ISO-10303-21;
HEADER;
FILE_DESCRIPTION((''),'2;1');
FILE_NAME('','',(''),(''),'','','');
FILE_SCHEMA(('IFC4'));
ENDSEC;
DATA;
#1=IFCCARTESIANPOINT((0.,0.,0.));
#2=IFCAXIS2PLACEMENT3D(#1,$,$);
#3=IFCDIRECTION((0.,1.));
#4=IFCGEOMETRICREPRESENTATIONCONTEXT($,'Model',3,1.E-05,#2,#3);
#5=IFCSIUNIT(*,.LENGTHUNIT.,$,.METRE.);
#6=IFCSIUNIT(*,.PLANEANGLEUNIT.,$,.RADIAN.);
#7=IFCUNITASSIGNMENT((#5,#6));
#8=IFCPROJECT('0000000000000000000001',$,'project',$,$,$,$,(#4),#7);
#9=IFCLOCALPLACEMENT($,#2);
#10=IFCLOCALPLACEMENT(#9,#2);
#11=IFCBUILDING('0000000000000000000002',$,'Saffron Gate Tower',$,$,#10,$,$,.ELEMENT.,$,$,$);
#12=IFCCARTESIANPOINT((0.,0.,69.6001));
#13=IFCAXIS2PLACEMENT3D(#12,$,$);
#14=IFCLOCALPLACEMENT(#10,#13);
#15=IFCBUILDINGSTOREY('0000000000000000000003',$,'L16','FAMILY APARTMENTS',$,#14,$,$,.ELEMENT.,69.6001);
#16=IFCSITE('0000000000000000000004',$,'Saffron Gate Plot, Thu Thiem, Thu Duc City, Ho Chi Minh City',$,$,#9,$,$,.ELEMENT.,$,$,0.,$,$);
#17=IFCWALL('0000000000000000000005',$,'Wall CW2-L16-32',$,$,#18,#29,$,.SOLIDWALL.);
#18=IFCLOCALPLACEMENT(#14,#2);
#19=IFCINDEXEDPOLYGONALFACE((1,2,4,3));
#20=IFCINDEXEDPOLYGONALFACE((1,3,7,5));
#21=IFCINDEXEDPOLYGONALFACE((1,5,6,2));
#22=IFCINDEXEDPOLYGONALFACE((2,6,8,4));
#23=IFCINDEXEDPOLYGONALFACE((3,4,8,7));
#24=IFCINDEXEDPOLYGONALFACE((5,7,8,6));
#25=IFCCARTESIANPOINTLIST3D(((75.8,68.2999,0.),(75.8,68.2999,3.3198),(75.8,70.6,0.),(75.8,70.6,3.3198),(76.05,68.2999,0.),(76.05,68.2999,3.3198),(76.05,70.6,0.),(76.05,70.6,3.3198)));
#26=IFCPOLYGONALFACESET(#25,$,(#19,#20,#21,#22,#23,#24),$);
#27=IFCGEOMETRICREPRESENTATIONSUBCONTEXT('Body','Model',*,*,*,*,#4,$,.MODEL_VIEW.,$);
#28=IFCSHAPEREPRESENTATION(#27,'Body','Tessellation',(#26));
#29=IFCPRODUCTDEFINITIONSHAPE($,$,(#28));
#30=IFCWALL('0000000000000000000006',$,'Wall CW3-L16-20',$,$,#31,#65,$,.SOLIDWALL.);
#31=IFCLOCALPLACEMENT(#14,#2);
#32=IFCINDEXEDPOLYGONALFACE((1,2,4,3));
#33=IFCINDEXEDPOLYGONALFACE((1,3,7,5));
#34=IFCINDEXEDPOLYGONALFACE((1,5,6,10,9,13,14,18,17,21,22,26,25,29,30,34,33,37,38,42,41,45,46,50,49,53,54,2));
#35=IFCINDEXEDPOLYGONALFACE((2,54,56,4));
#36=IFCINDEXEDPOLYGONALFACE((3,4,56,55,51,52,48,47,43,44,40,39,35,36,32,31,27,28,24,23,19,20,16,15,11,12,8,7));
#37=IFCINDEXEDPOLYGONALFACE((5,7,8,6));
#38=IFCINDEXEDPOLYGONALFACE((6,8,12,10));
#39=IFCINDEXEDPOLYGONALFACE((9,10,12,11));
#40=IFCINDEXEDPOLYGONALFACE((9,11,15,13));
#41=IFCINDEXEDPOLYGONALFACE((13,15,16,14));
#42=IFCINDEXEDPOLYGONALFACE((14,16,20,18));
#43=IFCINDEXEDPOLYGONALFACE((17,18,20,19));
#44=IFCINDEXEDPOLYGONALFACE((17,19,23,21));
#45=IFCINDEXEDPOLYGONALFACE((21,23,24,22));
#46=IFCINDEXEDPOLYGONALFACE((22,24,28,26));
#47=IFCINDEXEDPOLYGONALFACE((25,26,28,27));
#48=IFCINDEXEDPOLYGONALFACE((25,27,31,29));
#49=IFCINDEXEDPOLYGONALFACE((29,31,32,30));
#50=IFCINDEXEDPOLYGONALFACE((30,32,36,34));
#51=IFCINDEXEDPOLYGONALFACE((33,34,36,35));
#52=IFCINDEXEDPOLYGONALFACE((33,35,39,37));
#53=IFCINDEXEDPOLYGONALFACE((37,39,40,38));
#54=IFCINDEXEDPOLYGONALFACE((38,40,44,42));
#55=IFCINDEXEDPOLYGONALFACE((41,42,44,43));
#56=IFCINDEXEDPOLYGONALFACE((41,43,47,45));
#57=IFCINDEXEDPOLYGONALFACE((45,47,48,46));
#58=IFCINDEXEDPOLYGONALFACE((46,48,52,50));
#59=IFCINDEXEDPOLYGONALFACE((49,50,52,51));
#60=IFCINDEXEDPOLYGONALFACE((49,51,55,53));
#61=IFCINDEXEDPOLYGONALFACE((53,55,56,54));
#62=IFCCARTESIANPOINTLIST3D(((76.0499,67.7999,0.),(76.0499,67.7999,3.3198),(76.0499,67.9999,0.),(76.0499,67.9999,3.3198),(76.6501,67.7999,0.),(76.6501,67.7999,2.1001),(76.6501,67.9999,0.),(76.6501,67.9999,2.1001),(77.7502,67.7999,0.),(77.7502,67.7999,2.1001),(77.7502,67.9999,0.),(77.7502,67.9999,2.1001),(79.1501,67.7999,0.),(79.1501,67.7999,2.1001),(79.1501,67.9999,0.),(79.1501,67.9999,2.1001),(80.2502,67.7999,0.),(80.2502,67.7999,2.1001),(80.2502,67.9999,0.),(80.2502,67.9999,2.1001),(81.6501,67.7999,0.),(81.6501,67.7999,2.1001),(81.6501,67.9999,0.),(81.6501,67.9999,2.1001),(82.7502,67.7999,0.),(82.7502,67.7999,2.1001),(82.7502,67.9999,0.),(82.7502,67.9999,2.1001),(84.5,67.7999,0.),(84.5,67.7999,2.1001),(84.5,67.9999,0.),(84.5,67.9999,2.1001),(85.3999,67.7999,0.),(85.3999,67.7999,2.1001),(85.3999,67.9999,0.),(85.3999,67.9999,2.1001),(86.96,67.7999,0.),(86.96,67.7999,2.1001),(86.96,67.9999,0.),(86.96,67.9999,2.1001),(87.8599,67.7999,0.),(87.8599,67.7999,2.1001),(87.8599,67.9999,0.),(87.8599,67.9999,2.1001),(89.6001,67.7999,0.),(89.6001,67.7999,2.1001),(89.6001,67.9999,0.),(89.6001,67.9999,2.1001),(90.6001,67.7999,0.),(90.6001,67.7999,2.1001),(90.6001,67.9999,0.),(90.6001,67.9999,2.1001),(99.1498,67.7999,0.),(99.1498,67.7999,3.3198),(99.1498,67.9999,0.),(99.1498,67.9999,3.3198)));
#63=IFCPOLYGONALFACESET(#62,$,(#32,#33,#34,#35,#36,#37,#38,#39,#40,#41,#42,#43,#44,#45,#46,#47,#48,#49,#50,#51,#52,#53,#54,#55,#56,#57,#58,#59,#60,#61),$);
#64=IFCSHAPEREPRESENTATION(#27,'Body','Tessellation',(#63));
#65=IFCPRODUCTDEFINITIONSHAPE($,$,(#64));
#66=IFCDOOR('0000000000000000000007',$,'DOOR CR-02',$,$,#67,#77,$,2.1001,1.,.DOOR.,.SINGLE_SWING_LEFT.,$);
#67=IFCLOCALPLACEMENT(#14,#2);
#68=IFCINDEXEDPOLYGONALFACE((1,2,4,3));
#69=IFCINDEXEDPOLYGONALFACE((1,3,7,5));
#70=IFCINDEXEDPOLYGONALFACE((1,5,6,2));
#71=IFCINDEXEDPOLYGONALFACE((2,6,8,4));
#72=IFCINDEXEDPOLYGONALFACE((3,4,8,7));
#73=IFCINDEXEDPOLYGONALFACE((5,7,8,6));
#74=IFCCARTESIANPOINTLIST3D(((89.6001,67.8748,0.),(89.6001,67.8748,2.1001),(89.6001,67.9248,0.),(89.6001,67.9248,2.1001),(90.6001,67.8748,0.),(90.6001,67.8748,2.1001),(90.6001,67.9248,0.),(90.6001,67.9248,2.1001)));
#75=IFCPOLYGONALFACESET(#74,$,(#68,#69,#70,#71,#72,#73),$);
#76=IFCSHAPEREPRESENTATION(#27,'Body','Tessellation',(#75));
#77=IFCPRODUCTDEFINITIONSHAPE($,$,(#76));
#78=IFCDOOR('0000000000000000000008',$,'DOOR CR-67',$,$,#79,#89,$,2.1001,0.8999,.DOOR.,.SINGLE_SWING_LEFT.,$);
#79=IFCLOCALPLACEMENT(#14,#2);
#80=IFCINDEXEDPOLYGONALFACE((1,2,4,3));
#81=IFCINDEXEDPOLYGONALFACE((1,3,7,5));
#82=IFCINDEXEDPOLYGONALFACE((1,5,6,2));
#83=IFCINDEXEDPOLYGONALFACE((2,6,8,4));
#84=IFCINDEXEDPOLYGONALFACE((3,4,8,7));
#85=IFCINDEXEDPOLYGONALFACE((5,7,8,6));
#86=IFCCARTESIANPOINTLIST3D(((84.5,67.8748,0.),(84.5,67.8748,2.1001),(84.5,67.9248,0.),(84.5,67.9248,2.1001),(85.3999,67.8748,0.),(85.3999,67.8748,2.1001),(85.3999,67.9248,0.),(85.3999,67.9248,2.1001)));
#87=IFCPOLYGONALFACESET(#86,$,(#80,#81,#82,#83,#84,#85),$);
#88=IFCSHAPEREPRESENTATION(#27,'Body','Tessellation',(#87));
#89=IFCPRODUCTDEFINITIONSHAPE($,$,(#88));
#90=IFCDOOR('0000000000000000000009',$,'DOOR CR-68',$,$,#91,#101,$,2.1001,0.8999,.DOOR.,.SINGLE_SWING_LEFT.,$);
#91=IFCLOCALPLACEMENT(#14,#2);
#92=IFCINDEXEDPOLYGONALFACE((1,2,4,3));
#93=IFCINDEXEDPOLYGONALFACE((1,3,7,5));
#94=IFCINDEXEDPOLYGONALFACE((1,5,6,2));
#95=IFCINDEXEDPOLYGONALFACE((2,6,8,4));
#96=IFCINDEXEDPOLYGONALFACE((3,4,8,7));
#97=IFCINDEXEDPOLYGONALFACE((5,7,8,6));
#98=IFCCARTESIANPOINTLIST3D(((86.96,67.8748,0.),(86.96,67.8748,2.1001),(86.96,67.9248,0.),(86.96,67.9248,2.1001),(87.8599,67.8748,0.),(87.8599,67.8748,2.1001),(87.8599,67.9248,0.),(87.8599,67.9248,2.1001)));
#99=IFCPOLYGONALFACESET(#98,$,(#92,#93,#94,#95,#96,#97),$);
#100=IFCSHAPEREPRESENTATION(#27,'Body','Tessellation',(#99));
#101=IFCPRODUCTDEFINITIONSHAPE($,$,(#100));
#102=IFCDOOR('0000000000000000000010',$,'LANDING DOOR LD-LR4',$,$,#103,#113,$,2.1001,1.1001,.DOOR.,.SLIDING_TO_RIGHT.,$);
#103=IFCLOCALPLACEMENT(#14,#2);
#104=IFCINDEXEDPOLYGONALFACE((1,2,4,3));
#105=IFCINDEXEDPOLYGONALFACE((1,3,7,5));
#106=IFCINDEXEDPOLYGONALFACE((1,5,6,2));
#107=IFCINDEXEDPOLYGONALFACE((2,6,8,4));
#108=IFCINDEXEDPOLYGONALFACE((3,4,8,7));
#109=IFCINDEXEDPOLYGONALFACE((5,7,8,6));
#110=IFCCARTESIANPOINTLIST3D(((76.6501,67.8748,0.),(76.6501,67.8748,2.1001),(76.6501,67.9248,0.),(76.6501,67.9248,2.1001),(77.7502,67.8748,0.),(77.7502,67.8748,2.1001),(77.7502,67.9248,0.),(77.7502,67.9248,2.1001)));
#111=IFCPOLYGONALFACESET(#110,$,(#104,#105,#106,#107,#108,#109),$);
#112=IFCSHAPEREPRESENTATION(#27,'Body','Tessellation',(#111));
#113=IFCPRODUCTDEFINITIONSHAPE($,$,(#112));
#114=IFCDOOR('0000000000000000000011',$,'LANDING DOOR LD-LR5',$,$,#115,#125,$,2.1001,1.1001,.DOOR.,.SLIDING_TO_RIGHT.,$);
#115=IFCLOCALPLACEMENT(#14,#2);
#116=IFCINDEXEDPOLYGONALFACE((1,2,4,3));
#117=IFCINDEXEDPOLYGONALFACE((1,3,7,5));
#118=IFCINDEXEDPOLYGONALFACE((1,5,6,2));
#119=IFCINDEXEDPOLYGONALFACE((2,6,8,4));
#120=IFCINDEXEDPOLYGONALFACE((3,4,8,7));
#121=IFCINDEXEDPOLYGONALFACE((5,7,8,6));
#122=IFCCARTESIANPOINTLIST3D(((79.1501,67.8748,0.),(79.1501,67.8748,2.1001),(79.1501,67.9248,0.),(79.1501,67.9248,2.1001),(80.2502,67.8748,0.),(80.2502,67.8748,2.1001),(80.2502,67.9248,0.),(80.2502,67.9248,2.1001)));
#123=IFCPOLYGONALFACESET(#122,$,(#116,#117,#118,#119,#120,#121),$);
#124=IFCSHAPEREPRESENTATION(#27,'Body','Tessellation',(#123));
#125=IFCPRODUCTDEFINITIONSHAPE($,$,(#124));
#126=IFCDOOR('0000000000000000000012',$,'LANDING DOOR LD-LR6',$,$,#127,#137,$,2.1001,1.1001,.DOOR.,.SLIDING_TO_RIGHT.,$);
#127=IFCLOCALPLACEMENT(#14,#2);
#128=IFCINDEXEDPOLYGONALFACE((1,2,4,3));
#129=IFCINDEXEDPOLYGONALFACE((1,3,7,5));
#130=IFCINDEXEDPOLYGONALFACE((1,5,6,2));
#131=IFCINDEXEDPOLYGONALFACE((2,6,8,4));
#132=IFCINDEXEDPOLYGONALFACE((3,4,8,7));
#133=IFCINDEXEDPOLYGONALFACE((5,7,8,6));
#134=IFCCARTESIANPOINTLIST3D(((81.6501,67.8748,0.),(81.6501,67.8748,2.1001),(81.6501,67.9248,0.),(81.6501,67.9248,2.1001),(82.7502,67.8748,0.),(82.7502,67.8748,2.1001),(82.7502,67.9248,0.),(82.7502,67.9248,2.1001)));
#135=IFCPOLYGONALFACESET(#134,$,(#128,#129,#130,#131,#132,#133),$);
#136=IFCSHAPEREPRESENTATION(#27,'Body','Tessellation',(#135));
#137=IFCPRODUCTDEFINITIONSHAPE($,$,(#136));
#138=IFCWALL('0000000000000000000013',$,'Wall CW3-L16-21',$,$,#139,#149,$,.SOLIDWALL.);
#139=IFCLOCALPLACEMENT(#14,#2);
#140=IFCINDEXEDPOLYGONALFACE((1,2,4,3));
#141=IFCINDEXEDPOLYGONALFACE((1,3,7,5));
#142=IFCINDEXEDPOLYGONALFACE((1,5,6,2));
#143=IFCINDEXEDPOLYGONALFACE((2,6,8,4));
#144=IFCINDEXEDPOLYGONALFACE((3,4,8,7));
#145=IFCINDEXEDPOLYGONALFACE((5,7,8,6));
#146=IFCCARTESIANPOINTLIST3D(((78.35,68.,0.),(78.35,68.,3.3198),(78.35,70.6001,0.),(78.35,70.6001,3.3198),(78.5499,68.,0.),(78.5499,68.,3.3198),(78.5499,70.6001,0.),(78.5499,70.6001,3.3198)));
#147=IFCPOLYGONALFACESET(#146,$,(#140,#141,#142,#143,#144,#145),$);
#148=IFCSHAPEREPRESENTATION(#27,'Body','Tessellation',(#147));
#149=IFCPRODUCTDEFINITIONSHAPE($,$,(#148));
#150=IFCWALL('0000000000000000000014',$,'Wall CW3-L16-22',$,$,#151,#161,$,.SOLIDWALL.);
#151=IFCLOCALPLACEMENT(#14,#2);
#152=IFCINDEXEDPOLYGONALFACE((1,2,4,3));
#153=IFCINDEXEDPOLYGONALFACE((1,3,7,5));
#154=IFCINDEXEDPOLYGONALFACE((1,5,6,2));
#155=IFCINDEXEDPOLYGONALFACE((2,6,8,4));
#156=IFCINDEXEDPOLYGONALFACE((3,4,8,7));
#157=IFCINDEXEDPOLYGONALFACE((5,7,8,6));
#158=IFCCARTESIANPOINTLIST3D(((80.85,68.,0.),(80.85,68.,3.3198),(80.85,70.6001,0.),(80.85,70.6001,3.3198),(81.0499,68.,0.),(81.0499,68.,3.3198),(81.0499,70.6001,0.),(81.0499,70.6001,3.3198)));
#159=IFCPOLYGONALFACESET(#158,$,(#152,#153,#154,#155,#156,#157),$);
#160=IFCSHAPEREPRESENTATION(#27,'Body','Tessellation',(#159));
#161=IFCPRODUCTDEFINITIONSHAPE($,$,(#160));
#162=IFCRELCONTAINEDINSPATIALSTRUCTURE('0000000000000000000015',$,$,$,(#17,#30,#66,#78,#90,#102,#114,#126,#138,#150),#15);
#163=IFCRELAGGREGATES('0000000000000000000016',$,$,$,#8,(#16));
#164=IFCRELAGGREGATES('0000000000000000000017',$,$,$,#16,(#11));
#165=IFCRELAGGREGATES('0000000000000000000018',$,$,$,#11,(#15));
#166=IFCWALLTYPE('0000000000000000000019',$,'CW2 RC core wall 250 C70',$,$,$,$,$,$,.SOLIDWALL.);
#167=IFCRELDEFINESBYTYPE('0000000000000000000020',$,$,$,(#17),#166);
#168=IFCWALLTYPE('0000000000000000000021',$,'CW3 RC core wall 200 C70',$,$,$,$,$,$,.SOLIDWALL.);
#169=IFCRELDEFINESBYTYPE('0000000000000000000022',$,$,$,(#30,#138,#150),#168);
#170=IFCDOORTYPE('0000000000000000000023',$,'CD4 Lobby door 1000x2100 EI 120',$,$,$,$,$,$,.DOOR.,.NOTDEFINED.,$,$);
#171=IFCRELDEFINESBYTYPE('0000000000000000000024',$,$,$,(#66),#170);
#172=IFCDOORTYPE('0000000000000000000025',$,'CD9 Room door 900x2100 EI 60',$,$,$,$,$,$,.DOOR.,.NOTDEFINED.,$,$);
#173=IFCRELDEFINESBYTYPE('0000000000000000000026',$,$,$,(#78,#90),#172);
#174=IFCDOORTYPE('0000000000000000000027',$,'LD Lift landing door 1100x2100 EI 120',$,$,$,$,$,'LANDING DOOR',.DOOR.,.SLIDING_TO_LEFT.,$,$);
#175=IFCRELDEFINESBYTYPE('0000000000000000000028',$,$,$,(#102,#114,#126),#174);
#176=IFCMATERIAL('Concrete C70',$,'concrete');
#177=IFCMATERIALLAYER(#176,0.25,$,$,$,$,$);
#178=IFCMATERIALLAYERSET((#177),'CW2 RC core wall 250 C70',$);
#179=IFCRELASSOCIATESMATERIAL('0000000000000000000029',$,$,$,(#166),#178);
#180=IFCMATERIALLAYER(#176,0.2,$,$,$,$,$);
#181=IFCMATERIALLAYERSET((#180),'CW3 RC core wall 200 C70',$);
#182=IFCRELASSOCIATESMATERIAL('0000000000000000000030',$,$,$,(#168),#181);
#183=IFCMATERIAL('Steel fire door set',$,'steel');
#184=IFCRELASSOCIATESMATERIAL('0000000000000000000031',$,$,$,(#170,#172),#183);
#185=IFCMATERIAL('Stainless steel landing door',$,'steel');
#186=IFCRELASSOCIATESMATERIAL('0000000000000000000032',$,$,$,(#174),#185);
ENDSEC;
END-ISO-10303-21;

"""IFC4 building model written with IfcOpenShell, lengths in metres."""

from ifc_helpers import new_model, si_unit, direction, frame, frame_2d, origin, place, context, subcontext, project, spatial, rectangle, extrude, material, layer, layer_set, type_object, element, fill, save


model = new_model("IFC4")

# Units and contexts
model_context = context("Model", 3, precision=1e-05, world=origin(), true_north=direction((0.0, 1.0)))
body_context = subcontext(model_context, "Body", "Model", "MODEL_VIEW")
ifc_project = project(units=[si_unit("LENGTHUNIT", "METRE"), si_unit("PLANEANGLEUNIT", "RADIAN")], contexts=[model_context])

# Site, building, storey
site_placement = place(None, origin())
site = spatial("IfcSite", under=ifc_project, at=site_placement, Name="Saffron Gate Plot, Thu Thiem, Thu Duc City, Ho Chi Minh City", CompositionType="ELEMENT", RefElevation=0.0)
building_placement = place(site_placement, origin())
building = spatial("IfcBuilding", under=site, at=building_placement, Name="Saffron Gate Tower", CompositionType="ELEMENT")
storey_placement = place(building_placement, frame((0.0, 0.0, 69.6001)))
storey = spatial("IfcBuildingStorey", under=building, at=storey_placement, Name="L16", Description="FAMILY APARTMENTS", CompositionType="ELEMENT", Elevation=69.6001)

# Wall
ifc_material_1 = material(Name="Concrete C70", Category="concrete")
ifc_layer_1 = layer(ifc_material_1, 0.25)
ifc_layer_set_1 = layer_set([ifc_layer_1], Name="CW2 RC core wall 250 C70")
wall_type_1 = type_object("IfcWallType", Name="CW2 RC core wall 250 C70", PredefinedType="SOLIDWALL", material=ifc_layer_set_1)
wall_1_placement = place(storey_placement, frame((75.925, 68.3, 0.0), z_axis=(0.0, 0.0, 1.0), x_axis=(0.0, 1.0, 0.0)))
element("IfcWall", 1, at=wall_1_placement, inside=storey, type_object=wall_type_1, Name="Wall CW2-L16-32", PredefinedType="SOLIDWALL", context=body_context, shape_type="SweptSolid", body=[
    extrude(rectangle(XDim=2.3, YDim=0.25, at=frame_2d((1.1499, 0.0))), origin(), (0.0, 0.0, 1.0), 3.3198),
])

# Wall, openings, doors
ifc_layer_2 = layer(ifc_material_1, 0.2)
ifc_layer_set_2 = layer_set([ifc_layer_2], Name="CW3 RC core wall 200 C70")
wall_type_2 = type_object("IfcWallType", Name="CW3 RC core wall 200 C70", PredefinedType="SOLIDWALL", material=ifc_layer_set_2)
wall_2_placement = place(storey_placement, frame((76.05, 67.8999, 0.0), z_axis=(0.0, 0.0, 1.0), x_axis=(1.0, 0.0, 0.0)))
wall_2 = element("IfcWall", 2, at=wall_2_placement, inside=storey, type_object=wall_type_2, Name="Wall CW3-L16-20", PredefinedType="SOLIDWALL", context=body_context, shape_type="SweptSolid", body=[
    extrude(rectangle(XDim=23.0999, YDim=0.2, at=frame_2d((11.5498, 0.0))), origin(), (0.0, 0.0, 1.0), 3.3198),
])
opening_1_placement = place(wall_2_placement, frame((0.6001, 0.0, 0.0)))
opening_1 = element("IfcOpeningElement", 3, at=opening_1_placement, cuts=wall_2, PredefinedType="OPENING", context=body_context, shape_type="SweptSolid", body=[
    extrude(rectangle(XDim=1.1001, YDim=2.1001, at=frame_2d((0.55, 1.05))), frame((0.0, 0.1099, 0.0), z_axis=(0.0, -1.0, 0.0), x_axis=(1.0, 0.0, 0.0)), (0.0, 0.0, 1.0), 0.22),
])
opening_2_placement = place(wall_2_placement, frame((3.1001, 0.0, 0.0)))
opening_2 = element("IfcOpeningElement", 4, at=opening_2_placement, cuts=wall_2, PredefinedType="OPENING", context=body_context, shape_type="SweptSolid", body=[
    extrude(rectangle(XDim=1.1001, YDim=2.1001, at=frame_2d((0.55, 1.05))), frame((0.0, 0.1099, 0.0), z_axis=(0.0, -1.0, 0.0), x_axis=(1.0, 0.0, 0.0)), (0.0, 0.0, 1.0), 0.22),
])
opening_3_placement = place(wall_2_placement, frame((5.6001, 0.0, 0.0)))
opening_3 = element("IfcOpeningElement", 5, at=opening_3_placement, cuts=wall_2, PredefinedType="OPENING", context=body_context, shape_type="SweptSolid", body=[
    extrude(rectangle(XDim=1.1001, YDim=2.1001, at=frame_2d((0.55, 1.05))), frame((0.0, 0.1099, 0.0), z_axis=(0.0, -1.0, 0.0), x_axis=(1.0, 0.0, 0.0)), (0.0, 0.0, 1.0), 0.22),
])
opening_4_placement = place(wall_2_placement, frame((8.45, 0.0, 0.0)))
opening_4 = element("IfcOpeningElement", 6, at=opening_4_placement, cuts=wall_2, PredefinedType="OPENING", context=body_context, shape_type="SweptSolid", body=[
    extrude(rectangle(XDim=0.8999, YDim=2.1001, at=frame_2d((0.45, 1.05))), frame((0.0, 0.1099, 0.0), z_axis=(0.0, -1.0, 0.0), x_axis=(1.0, 0.0, 0.0)), (0.0, 0.0, 1.0), 0.22),
])
opening_5_placement = place(wall_2_placement, frame((10.9099, 0.0, 0.0)))
opening_5 = element("IfcOpeningElement", 7, at=opening_5_placement, cuts=wall_2, PredefinedType="OPENING", context=body_context, shape_type="SweptSolid", body=[
    extrude(rectangle(XDim=0.8999, YDim=2.1001, at=frame_2d((0.45, 1.05))), frame((0.0, 0.1099, 0.0), z_axis=(0.0, -1.0, 0.0), x_axis=(1.0, 0.0, 0.0)), (0.0, 0.0, 1.0), 0.22),
])
opening_6_placement = place(wall_2_placement, frame((13.55, 0.0, 0.0)))
opening_6 = element("IfcOpeningElement", 8, at=opening_6_placement, cuts=wall_2, PredefinedType="OPENING", context=body_context, shape_type="SweptSolid", body=[
    extrude(rectangle(XDim=1.0, YDim=2.1001, at=frame_2d((0.5, 1.05))), frame((0.0, 0.1099, 0.0), z_axis=(0.0, -1.0, 0.0), x_axis=(1.0, 0.0, 0.0)), (0.0, 0.0, 1.0), 0.22),
])
ifc_material_2 = material(Name="Steel fire door set", Category="steel")
door_type_1 = type_object("IfcDoorType", Name="CD4 Lobby door 1000x2100 EI 120", OperationType="NOTDEFINED", PredefinedType="DOOR", material=ifc_material_2)
door_1_placement = place(opening_6_placement, origin())
door_1 = element("IfcDoor", 9, at=door_1_placement, inside=storey, type_object=door_type_1, Name="DOOR CR-02", OperationType="SINGLE_SWING_LEFT", OverallHeight=2.1001, OverallWidth=1.0, PredefinedType="DOOR", context=body_context, shape_type="SweptSolid", body=[
    extrude(rectangle(XDim=1.0, YDim=2.1001, at=frame_2d((0.5, 1.05))), frame((0.0, 0.0249, 0.0), z_axis=(0.0, -1.0, 0.0), x_axis=(1.0, 0.0, 0.0)), (0.0, 0.0, 1.0), 0.05),
])
fill(opening_6, door_1)
door_type_2 = type_object("IfcDoorType", Name="CD9 Room door 900x2100 EI 60", OperationType="NOTDEFINED", PredefinedType="DOOR", material=ifc_material_2)
door_2_placement = place(opening_4_placement, origin())
door_2 = element("IfcDoor", 10, at=door_2_placement, inside=storey, type_object=door_type_2, Name="DOOR CR-67", OperationType="SINGLE_SWING_LEFT", OverallHeight=2.1001, OverallWidth=0.8999, PredefinedType="DOOR", context=body_context, shape_type="SweptSolid", body=[
    extrude(rectangle(XDim=0.8999, YDim=2.1001, at=frame_2d((0.45, 1.05))), frame((0.0, 0.0249, 0.0), z_axis=(0.0, -1.0, 0.0), x_axis=(1.0, 0.0, 0.0)), (0.0, 0.0, 1.0), 0.05),
])
fill(opening_4, door_2)
door_3_placement = place(opening_5_placement, origin())
door_3 = element("IfcDoor", 11, at=door_3_placement, inside=storey, type_object=door_type_2, Name="DOOR CR-68", OperationType="SINGLE_SWING_LEFT", OverallHeight=2.1001, OverallWidth=0.8999, PredefinedType="DOOR", context=body_context, shape_type="SweptSolid", body=[
    extrude(rectangle(XDim=0.8999, YDim=2.1001, at=frame_2d((0.45, 1.05))), frame((0.0, 0.0249, 0.0), z_axis=(0.0, -1.0, 0.0), x_axis=(1.0, 0.0, 0.0)), (0.0, 0.0, 1.0), 0.05),
])
fill(opening_5, door_3)
ifc_material_3 = material(Name="Stainless steel landing door", Category="steel")
door_type_3 = type_object("IfcDoorType", Name="LD Lift landing door 1100x2100 EI 120", ElementType="LANDING DOOR", OperationType="SLIDING_TO_LEFT", PredefinedType="DOOR", material=ifc_material_3)
door_4_placement = place(opening_1_placement, origin())
door_4 = element("IfcDoor", 12, at=door_4_placement, inside=storey, type_object=door_type_3, Name="LANDING DOOR LD-LR4", OperationType="SLIDING_TO_RIGHT", OverallHeight=2.1001, OverallWidth=1.1001, PredefinedType="DOOR", context=body_context, shape_type="SweptSolid", body=[
    extrude(rectangle(XDim=1.1001, YDim=2.1001, at=frame_2d((0.55, 1.05))), frame((0.0, 0.0249, 0.0), z_axis=(0.0, -1.0, 0.0), x_axis=(1.0, 0.0, 0.0)), (0.0, 0.0, 1.0), 0.05),
])
fill(opening_1, door_4)
door_5_placement = place(opening_2_placement, origin())
door_5 = element("IfcDoor", 13, at=door_5_placement, inside=storey, type_object=door_type_3, Name="LANDING DOOR LD-LR5", OperationType="SLIDING_TO_RIGHT", OverallHeight=2.1001, OverallWidth=1.1001, PredefinedType="DOOR", context=body_context, shape_type="SweptSolid", body=[
    extrude(rectangle(XDim=1.1001, YDim=2.1001, at=frame_2d((0.55, 1.05))), frame((0.0, 0.0249, 0.0), z_axis=(0.0, -1.0, 0.0), x_axis=(1.0, 0.0, 0.0)), (0.0, 0.0, 1.0), 0.05),
])
fill(opening_2, door_5)
door_6_placement = place(opening_3_placement, origin())
door_6 = element("IfcDoor", 14, at=door_6_placement, inside=storey, type_object=door_type_3, Name="LANDING DOOR LD-LR6", OperationType="SLIDING_TO_RIGHT", OverallHeight=2.1001, OverallWidth=1.1001, PredefinedType="DOOR", context=body_context, shape_type="SweptSolid", body=[
    extrude(rectangle(XDim=1.1001, YDim=2.1001, at=frame_2d((0.55, 1.05))), frame((0.0, 0.0249, 0.0), z_axis=(0.0, -1.0, 0.0), x_axis=(1.0, 0.0, 0.0)), (0.0, 0.0, 1.0), 0.05),
])
fill(opening_3, door_6)

# Walls
for number, where, z_axis, x_axis, name in (
    (15, (78.45, 68.0, 0.0), (0.0, 0.0, 1.0), (0.0, 1.0, 0.0), "Wall CW3-L16-21"),
    (16, (80.95, 68.0, 0.0), (0.0, 0.0, 1.0), (0.0, 1.0, 0.0), "Wall CW3-L16-22"),
):
    element("IfcWall", number, at=place(storey_placement, frame(where, z_axis=z_axis, x_axis=x_axis)), inside=storey, type_object=wall_type_2, Name=name, PredefinedType="SOLIDWALL", context=body_context, shape_type="SweptSolid", body=[
        extrude(rectangle(XDim=2.6001, YDim=0.2, at=frame_2d((1.3, 0.0))), origin(), (0.0, 0.0, 1.0), 3.3198),
    ])

save(model, "model.ifc")
